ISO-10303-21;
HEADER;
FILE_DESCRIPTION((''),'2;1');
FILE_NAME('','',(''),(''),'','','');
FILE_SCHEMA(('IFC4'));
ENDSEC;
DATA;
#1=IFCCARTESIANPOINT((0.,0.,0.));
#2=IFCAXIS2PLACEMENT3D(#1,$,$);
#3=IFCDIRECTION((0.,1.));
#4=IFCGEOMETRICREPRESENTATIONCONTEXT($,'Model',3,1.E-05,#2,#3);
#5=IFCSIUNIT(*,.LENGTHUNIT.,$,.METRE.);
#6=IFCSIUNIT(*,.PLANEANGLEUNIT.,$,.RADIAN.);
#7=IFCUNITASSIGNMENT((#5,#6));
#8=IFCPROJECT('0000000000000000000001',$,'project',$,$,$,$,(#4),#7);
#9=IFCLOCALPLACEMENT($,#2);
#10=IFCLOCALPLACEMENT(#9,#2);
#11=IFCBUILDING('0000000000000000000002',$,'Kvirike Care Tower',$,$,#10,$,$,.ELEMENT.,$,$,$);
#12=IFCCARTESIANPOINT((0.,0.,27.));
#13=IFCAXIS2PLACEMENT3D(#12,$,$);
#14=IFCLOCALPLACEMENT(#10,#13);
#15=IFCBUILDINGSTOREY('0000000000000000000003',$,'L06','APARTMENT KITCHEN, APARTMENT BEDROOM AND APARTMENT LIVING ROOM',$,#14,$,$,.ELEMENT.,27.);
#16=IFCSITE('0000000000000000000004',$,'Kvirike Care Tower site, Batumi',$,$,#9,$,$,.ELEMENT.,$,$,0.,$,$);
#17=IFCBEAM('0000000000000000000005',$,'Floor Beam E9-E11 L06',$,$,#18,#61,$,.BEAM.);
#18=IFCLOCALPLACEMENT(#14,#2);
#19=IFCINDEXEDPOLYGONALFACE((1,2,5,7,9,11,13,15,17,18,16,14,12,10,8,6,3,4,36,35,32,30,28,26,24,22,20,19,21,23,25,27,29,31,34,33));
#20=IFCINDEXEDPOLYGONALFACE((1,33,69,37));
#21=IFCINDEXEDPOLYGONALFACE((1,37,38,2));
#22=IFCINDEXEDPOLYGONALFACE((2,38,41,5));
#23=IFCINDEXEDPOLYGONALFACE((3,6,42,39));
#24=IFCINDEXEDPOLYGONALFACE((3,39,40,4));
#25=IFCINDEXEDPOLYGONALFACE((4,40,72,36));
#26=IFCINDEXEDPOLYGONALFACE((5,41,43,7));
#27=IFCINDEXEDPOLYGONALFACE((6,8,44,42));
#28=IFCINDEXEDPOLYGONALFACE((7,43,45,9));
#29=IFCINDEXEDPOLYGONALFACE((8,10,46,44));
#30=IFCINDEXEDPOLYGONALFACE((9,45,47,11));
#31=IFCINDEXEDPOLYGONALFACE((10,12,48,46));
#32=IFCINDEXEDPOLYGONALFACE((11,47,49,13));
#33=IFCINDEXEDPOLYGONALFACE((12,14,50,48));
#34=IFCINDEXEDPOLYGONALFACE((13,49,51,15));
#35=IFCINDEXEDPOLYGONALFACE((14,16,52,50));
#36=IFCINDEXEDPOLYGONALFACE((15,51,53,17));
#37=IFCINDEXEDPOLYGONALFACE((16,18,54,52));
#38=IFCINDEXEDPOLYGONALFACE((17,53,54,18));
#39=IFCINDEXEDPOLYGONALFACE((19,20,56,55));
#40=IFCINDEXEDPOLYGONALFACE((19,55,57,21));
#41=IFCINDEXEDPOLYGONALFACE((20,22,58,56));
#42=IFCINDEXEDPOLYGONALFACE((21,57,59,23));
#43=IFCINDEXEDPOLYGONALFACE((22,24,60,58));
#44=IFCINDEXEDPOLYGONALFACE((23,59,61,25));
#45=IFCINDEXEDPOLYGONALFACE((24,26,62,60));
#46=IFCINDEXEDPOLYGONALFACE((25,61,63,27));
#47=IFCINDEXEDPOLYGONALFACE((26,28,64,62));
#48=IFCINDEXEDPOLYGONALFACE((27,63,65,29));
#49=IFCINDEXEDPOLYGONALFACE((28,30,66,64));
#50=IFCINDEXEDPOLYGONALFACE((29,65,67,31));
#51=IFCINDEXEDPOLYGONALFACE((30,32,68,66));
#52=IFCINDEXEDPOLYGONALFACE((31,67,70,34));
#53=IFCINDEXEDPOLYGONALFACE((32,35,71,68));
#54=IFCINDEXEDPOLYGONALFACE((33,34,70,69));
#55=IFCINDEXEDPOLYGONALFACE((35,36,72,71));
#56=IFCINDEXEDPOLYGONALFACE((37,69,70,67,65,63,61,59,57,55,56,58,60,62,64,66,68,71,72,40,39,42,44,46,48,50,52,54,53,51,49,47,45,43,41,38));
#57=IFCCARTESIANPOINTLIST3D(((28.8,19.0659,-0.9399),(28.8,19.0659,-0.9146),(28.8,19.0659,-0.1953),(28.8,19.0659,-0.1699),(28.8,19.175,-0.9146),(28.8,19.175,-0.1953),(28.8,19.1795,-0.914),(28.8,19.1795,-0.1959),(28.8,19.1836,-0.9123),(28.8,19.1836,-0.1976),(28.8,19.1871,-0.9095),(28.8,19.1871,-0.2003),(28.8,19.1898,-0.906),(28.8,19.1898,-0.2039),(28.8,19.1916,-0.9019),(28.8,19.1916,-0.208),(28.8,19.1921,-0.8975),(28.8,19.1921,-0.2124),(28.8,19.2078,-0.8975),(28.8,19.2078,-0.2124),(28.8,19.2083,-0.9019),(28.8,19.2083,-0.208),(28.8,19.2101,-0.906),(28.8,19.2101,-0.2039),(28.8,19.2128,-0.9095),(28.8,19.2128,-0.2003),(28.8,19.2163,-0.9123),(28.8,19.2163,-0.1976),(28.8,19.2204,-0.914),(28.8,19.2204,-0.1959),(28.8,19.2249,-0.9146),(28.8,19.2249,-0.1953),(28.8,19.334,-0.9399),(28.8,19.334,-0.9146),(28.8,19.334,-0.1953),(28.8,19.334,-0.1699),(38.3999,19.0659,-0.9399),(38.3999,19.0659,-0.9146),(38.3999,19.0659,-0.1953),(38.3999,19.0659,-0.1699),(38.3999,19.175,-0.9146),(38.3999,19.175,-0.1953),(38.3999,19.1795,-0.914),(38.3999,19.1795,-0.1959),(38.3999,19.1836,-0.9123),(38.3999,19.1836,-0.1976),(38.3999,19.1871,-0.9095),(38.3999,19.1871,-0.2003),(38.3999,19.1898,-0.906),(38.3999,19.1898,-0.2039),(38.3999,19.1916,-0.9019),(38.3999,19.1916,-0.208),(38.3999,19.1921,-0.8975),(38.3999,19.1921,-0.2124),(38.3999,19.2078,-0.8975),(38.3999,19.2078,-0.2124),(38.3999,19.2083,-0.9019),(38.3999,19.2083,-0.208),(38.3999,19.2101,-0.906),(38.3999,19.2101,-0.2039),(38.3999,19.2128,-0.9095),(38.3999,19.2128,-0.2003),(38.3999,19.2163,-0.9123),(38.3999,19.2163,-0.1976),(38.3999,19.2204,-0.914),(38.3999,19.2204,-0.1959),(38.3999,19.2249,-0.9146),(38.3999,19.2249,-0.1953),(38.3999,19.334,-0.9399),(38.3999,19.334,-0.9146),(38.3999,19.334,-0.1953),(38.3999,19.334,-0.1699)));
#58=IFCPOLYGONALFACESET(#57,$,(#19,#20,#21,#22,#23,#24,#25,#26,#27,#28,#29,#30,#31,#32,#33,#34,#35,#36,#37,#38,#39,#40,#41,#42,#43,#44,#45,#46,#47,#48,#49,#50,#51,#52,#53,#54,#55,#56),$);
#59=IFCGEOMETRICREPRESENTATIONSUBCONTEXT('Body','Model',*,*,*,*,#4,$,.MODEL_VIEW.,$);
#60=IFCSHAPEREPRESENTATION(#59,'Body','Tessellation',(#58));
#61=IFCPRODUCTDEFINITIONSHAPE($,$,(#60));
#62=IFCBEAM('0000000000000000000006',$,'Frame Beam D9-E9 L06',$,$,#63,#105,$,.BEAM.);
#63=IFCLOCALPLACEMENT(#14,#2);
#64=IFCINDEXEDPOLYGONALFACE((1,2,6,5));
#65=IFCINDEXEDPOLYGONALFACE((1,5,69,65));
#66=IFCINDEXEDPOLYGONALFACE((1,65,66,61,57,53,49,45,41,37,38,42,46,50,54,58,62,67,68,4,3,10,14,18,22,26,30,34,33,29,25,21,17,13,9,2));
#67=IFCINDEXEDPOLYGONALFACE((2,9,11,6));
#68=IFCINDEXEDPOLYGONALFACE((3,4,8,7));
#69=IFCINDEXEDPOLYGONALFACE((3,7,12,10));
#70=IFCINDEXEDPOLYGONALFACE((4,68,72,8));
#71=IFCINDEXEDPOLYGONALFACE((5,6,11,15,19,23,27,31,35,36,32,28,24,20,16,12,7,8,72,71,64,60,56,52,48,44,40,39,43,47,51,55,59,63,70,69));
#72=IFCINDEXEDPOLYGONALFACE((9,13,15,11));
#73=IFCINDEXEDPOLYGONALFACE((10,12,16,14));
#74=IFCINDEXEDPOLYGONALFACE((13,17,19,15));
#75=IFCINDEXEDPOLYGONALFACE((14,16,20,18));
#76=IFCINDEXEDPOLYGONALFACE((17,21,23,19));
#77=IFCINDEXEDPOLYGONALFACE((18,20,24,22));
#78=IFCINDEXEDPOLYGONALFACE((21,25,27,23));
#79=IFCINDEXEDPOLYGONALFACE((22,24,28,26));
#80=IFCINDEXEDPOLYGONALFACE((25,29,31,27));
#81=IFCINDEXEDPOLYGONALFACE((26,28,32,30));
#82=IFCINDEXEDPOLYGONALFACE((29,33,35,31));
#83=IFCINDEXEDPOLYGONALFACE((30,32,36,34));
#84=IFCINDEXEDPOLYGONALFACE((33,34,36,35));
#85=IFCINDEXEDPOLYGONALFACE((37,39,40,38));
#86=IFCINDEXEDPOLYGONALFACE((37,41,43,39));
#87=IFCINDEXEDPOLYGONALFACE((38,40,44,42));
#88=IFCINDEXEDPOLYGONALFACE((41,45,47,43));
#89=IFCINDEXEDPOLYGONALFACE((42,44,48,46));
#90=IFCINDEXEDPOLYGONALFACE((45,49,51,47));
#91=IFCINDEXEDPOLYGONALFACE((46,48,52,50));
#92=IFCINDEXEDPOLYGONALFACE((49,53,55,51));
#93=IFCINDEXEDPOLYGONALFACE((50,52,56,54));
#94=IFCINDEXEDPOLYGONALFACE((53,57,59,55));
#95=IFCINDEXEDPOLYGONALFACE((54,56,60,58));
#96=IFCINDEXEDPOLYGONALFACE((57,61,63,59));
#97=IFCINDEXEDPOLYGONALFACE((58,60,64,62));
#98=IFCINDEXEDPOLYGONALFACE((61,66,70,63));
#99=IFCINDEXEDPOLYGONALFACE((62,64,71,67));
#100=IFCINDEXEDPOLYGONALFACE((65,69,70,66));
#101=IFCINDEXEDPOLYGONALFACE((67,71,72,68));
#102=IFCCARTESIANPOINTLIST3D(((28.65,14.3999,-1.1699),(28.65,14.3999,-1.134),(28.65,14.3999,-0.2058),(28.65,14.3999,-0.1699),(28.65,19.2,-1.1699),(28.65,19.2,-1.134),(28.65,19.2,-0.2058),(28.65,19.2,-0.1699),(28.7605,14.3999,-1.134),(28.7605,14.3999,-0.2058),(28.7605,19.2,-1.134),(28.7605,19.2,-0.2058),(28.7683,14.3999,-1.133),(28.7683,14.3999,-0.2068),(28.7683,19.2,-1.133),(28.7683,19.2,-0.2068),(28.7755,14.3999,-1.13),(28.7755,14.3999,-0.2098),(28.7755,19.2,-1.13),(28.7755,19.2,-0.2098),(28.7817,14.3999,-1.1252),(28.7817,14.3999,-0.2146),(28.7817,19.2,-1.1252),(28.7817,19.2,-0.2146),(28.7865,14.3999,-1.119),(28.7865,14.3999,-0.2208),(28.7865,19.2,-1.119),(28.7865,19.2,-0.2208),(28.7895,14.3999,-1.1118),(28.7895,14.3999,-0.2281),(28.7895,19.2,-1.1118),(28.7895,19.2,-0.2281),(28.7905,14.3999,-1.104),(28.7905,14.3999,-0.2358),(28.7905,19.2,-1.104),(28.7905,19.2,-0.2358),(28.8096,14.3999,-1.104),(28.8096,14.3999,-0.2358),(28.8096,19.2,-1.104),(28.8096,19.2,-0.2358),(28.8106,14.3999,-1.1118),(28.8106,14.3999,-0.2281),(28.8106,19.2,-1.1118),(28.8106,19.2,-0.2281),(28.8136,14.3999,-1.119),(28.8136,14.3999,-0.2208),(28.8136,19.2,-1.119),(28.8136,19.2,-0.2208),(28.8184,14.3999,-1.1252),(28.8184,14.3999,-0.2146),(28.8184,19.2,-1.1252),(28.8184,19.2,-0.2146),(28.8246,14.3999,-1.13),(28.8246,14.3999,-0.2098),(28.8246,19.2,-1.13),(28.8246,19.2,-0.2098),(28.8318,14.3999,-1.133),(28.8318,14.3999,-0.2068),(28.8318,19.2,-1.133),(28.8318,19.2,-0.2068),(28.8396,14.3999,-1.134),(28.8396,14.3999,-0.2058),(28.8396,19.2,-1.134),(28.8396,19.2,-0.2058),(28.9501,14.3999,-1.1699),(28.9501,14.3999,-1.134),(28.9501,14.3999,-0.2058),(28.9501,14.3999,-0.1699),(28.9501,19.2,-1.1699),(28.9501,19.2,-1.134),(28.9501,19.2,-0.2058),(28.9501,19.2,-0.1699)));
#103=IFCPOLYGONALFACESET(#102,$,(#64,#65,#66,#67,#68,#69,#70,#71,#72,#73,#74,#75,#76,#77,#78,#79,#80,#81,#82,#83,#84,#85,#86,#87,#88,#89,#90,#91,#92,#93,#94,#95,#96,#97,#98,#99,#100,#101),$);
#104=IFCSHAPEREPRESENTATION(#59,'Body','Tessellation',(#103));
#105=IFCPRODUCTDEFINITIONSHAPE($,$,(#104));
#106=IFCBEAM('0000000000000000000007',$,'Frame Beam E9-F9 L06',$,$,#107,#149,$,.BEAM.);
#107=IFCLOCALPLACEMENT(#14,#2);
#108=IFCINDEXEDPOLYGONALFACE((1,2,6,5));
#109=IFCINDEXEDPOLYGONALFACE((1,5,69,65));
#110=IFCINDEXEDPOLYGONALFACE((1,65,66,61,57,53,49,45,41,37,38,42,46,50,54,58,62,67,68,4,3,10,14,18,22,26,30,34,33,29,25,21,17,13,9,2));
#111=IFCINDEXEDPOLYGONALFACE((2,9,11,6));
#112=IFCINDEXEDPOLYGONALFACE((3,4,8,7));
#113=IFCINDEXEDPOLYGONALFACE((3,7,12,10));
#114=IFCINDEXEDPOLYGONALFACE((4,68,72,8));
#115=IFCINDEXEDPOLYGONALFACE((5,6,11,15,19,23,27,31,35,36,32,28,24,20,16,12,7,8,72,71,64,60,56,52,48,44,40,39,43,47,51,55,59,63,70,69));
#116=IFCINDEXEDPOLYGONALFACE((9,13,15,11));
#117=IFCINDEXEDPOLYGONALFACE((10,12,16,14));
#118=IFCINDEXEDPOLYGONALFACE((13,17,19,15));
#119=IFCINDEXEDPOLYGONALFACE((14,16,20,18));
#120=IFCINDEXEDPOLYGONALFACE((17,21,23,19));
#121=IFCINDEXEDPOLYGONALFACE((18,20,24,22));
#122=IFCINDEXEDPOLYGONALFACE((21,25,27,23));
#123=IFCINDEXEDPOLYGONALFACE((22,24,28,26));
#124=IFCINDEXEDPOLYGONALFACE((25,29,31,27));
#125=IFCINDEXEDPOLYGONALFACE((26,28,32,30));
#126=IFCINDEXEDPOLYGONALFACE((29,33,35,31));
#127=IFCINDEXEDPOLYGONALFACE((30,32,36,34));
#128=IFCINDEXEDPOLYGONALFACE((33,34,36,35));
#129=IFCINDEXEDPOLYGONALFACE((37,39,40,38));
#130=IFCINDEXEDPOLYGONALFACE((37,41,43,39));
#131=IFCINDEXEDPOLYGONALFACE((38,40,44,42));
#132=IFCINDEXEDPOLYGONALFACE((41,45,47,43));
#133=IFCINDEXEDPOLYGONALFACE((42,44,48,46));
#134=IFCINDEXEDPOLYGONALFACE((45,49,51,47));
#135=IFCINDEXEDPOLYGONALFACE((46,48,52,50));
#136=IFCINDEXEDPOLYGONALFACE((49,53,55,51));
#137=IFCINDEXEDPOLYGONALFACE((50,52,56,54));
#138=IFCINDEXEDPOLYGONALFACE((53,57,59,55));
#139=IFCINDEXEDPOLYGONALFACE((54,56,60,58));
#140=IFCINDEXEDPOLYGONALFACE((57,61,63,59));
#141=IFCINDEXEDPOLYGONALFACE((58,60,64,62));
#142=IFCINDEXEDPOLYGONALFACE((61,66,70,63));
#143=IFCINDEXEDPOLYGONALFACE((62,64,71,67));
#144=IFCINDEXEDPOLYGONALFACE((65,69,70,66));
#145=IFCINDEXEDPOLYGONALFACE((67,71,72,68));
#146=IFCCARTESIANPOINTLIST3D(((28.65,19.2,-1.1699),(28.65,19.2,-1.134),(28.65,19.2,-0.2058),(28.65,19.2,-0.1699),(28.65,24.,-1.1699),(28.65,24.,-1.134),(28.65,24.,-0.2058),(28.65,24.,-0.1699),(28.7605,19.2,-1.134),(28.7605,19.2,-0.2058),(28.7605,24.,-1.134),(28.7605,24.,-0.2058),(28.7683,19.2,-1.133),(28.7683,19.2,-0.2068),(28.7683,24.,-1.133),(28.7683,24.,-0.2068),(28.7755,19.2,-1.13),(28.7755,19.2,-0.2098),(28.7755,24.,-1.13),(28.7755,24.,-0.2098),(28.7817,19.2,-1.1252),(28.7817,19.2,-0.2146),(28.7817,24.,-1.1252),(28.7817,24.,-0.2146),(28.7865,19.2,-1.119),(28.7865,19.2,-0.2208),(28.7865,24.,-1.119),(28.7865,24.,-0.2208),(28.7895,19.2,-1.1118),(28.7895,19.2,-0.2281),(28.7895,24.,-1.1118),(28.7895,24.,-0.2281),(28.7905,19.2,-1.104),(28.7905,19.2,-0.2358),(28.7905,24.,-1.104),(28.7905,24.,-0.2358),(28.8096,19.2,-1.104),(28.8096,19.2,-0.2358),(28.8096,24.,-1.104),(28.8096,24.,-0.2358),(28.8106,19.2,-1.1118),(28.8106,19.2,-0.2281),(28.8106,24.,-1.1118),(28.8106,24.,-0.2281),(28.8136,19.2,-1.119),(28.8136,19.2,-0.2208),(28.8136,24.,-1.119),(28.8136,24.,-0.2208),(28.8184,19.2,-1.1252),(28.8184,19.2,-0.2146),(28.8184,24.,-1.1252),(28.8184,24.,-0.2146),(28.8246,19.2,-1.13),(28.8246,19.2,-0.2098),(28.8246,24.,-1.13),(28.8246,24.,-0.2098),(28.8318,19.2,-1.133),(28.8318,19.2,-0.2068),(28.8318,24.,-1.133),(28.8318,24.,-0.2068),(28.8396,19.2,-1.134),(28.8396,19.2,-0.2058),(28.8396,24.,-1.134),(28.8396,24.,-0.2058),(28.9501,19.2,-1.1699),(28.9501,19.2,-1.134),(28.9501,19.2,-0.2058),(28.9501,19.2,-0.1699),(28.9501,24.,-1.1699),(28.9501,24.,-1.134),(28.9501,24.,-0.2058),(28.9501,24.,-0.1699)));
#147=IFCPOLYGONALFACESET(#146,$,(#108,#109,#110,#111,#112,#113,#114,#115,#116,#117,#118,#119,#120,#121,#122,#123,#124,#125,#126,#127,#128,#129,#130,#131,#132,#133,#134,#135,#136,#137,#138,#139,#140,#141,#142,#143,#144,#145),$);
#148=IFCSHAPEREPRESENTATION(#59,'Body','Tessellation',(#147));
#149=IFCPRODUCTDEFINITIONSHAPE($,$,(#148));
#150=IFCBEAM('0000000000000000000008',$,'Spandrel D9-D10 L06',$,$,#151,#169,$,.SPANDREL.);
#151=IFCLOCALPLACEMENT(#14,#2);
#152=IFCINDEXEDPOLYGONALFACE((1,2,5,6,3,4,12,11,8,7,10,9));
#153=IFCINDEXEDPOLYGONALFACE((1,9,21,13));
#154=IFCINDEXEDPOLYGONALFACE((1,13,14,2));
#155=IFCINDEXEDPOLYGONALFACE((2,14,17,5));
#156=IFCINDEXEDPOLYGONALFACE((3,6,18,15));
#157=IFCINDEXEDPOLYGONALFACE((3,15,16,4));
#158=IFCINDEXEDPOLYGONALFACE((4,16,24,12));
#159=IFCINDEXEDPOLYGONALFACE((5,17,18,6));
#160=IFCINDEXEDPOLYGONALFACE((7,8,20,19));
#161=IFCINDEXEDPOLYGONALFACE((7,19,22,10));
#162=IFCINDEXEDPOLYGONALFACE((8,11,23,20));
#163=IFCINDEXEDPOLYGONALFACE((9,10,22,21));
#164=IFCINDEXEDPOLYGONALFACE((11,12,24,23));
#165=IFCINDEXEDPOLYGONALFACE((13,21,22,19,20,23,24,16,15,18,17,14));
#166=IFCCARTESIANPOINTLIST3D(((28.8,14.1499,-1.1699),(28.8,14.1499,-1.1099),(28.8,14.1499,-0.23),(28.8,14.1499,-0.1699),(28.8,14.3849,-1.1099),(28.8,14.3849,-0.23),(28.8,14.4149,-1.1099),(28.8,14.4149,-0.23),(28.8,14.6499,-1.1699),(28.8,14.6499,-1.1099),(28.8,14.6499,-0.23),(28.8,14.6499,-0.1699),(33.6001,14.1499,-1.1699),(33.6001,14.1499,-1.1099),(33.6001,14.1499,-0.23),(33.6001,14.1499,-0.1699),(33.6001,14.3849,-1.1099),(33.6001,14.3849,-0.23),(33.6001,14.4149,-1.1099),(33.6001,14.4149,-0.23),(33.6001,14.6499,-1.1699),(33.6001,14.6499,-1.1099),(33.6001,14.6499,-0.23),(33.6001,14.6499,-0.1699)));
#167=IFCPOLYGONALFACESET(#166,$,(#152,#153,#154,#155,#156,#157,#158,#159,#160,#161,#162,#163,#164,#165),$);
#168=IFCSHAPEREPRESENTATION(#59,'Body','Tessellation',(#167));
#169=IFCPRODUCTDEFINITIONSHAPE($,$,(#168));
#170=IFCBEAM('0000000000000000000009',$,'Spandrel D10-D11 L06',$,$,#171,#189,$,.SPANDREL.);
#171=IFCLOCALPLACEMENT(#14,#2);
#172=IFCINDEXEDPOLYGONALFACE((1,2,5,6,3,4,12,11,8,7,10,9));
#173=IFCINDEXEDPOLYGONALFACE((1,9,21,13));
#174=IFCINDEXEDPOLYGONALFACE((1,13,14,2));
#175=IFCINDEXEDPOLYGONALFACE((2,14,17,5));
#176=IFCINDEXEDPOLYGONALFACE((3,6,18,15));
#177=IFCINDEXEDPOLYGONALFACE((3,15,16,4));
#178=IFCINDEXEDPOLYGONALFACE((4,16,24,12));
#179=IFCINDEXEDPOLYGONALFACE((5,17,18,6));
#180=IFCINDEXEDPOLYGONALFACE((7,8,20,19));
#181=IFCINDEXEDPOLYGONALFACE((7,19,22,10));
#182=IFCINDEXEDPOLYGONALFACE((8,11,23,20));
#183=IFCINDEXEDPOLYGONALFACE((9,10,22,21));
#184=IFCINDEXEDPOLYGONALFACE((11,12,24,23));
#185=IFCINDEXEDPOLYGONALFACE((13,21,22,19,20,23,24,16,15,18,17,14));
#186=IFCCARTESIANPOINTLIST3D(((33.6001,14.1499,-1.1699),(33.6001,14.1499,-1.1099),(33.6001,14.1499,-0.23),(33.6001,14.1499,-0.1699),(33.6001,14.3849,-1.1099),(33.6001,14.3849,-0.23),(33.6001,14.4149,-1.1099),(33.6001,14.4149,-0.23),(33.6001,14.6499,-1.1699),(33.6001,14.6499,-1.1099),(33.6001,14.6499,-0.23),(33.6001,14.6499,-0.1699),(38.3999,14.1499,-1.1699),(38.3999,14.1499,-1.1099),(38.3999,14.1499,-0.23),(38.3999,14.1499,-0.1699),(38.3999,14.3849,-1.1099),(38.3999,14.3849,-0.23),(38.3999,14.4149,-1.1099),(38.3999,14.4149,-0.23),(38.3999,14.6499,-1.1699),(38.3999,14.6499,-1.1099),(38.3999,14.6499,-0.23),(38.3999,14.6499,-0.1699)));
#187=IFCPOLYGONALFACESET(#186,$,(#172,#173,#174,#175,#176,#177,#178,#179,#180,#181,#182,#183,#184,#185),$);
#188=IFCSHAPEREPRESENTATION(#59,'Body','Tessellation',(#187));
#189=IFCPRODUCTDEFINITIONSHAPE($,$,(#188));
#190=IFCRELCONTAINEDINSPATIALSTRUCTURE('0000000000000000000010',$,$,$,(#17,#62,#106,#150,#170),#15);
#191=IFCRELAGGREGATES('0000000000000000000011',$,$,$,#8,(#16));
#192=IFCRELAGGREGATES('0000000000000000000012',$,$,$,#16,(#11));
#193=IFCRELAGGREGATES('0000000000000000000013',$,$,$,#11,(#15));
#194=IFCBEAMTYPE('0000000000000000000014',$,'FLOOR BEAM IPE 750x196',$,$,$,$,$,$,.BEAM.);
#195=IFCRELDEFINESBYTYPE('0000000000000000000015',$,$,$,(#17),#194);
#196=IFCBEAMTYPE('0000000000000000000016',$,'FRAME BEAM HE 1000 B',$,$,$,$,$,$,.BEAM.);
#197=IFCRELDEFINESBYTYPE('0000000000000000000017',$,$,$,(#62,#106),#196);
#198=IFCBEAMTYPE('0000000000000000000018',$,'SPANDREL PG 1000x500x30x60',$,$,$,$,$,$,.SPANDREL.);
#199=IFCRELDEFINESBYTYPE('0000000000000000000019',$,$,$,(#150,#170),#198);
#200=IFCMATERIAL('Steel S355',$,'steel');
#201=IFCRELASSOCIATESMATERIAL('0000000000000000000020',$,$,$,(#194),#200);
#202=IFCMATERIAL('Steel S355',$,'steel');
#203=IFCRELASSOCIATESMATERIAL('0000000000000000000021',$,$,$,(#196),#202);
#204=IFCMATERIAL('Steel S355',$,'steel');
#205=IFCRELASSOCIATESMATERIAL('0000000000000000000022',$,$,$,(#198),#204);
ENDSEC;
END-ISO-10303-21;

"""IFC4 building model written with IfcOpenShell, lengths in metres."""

from ifc_helpers import new_model, si_unit, direction, frame, origin, origin_2d, place, context, subcontext, project, spatial, i_section, extrude, material, material_profile, profile_set, type_object, element, save


model = new_model("IFC4")

# Units and contexts
model_context = context("Model", 3, precision=1e-05, world=origin(), true_north=direction((0.0, 1.0)))
body_context = subcontext(model_context, "Body", "Model", "MODEL_VIEW")
ifc_project = project(units=[si_unit("LENGTHUNIT", "METRE"), si_unit("PLANEANGLEUNIT", "RADIAN")], contexts=[model_context])

# Site, building, storey
site_placement = place(None, origin())
site = spatial("IfcSite", under=ifc_project, at=site_placement, Name="Kvirike Care Tower site, Batumi", CompositionType="ELEMENT", RefElevation=0.0)
building_placement = place(site_placement, origin())
building = spatial("IfcBuilding", under=site, at=building_placement, Name="Kvirike Care Tower", CompositionType="ELEMENT")
storey_placement = place(building_placement, frame((0.0, 0.0, 27.0)))
storey = spatial("IfcBuildingStorey", under=building, at=storey_placement, Name="L06", Description="APARTMENT KITCHEN, APARTMENT BEDROOM AND APARTMENT LIVING ROOM", CompositionType="ELEMENT", Elevation=27.0)

# Beams
ifc_material_1 = material(Name="Steel S355", Category="steel")
ifc_material_profile_1 = material_profile(ifc_material_1, i_section(OverallWidth=0.2681, OverallDepth=0.77, WebThickness=0.0156, FlangeThickness=0.0254, FilletRadius=0.0171, at=origin_2d()), Name="IPE 750x196")
ifc_profile_set_1 = profile_set([ifc_material_profile_1], Name="Steel S355")
beam_type_1 = type_object("IfcBeamType", Name="FLOOR BEAM IPE 750x196", PredefinedType="BEAM", material=ifc_profile_set_1)
beam_1_placement = place(storey_placement, frame((28.8, 19.2, -0.5549), z_axis=(1.0, 0.0, 0.0), x_axis=(0.0, 1.0, 0.0)))
element("IfcBeam", 1, at=beam_1_placement, inside=storey, type_object=beam_type_1, Name="Floor Beam E9-E11 L06", PredefinedType="BEAM", context=body_context, shape_type="SweptSolid", body=[
    extrude(i_section(OverallWidth=0.2681, OverallDepth=0.77, WebThickness=0.0156, FlangeThickness=0.0254, FilletRadius=0.0171, at=origin_2d()), origin(), (0.0, 0.0, 1.0), 9.5999),
])
ifc_material_2 = material(Name="Steel S355", Category="steel")
ifc_material_profile_2 = material_profile(ifc_material_2, i_section(OverallWidth=0.3, OverallDepth=1.0, WebThickness=0.019, FlangeThickness=0.0359, FilletRadius=0.03, at=origin_2d()), Name="HE 1000 B")
ifc_profile_set_2 = profile_set([ifc_material_profile_2], Name="Steel S355")
beam_type_2 = type_object("IfcBeamType", Name="FRAME BEAM HE 1000 B", PredefinedType="BEAM", material=ifc_profile_set_2)
for number, where, z_axis, x_axis, name in (
    (2, (28.8, 14.3999, -0.6699), (0.0, 1.0, 0.0), (-1.0, 0.0, 0.0), "Frame Beam D9-E9 L06"),
    (3, (28.8, 19.2, -0.6699), (0.0, 1.0, 0.0), (-1.0, 0.0, 0.0), "Frame Beam E9-F9 L06"),
):
    element("IfcBeam", number, at=place(storey_placement, frame(where, z_axis=z_axis, x_axis=x_axis)), inside=storey, type_object=beam_type_2, Name=name, PredefinedType="BEAM", context=body_context, shape_type="SweptSolid", body=[
        extrude(i_section(OverallWidth=0.3, OverallDepth=1.0, WebThickness=0.019, FlangeThickness=0.0359, FilletRadius=0.03, at=origin_2d()), origin(), (0.0, 0.0, 1.0), 4.8),
    ])
ifc_material_3 = material(Name="Steel S355", Category="steel")
ifc_material_profile_3 = material_profile(ifc_material_3, i_section(OverallWidth=0.5, OverallDepth=1.0, WebThickness=0.03, FlangeThickness=0.0601, at=origin_2d()), Name="PG 1000x500x30x60")
ifc_profile_set_3 = profile_set([ifc_material_profile_3], Name="Steel S355")
beam_type_3 = type_object("IfcBeamType", Name="SPANDREL PG 1000x500x30x60", PredefinedType="SPANDREL", material=ifc_profile_set_3)
beam_2_placement = place(storey_placement, frame((28.8, 14.3999, -0.6699), z_axis=(1.0, 0.0, 0.0), x_axis=(0.0, 1.0, 0.0)))
element("IfcBeam", 4, at=beam_2_placement, inside=storey, type_object=beam_type_3, Name="Spandrel D9-D10 L06", PredefinedType="SPANDREL", context=body_context, shape_type="SweptSolid", body=[
    extrude(i_section(OverallWidth=0.5, OverallDepth=1.0, WebThickness=0.03, FlangeThickness=0.0601, at=origin_2d()), origin(), (0.0, 0.0, 1.0), 4.8),
])
beam_3_placement = place(storey_placement, frame((33.6001, 14.3999, -0.6699), z_axis=(1.0, 0.0, 0.0), x_axis=(0.0, 1.0, 0.0)))
element("IfcBeam", 5, at=beam_3_placement, inside=storey, type_object=beam_type_3, Name="Spandrel D10-D11 L06", PredefinedType="SPANDREL", context=body_context, shape_type="SweptSolid", body=[
    extrude(i_section(OverallWidth=0.5, OverallDepth=1.0, WebThickness=0.03, FlangeThickness=0.0601, at=origin_2d()), origin(), (0.0, 0.0, 1.0), 4.7998),
])

save(model, "model.ifc")
